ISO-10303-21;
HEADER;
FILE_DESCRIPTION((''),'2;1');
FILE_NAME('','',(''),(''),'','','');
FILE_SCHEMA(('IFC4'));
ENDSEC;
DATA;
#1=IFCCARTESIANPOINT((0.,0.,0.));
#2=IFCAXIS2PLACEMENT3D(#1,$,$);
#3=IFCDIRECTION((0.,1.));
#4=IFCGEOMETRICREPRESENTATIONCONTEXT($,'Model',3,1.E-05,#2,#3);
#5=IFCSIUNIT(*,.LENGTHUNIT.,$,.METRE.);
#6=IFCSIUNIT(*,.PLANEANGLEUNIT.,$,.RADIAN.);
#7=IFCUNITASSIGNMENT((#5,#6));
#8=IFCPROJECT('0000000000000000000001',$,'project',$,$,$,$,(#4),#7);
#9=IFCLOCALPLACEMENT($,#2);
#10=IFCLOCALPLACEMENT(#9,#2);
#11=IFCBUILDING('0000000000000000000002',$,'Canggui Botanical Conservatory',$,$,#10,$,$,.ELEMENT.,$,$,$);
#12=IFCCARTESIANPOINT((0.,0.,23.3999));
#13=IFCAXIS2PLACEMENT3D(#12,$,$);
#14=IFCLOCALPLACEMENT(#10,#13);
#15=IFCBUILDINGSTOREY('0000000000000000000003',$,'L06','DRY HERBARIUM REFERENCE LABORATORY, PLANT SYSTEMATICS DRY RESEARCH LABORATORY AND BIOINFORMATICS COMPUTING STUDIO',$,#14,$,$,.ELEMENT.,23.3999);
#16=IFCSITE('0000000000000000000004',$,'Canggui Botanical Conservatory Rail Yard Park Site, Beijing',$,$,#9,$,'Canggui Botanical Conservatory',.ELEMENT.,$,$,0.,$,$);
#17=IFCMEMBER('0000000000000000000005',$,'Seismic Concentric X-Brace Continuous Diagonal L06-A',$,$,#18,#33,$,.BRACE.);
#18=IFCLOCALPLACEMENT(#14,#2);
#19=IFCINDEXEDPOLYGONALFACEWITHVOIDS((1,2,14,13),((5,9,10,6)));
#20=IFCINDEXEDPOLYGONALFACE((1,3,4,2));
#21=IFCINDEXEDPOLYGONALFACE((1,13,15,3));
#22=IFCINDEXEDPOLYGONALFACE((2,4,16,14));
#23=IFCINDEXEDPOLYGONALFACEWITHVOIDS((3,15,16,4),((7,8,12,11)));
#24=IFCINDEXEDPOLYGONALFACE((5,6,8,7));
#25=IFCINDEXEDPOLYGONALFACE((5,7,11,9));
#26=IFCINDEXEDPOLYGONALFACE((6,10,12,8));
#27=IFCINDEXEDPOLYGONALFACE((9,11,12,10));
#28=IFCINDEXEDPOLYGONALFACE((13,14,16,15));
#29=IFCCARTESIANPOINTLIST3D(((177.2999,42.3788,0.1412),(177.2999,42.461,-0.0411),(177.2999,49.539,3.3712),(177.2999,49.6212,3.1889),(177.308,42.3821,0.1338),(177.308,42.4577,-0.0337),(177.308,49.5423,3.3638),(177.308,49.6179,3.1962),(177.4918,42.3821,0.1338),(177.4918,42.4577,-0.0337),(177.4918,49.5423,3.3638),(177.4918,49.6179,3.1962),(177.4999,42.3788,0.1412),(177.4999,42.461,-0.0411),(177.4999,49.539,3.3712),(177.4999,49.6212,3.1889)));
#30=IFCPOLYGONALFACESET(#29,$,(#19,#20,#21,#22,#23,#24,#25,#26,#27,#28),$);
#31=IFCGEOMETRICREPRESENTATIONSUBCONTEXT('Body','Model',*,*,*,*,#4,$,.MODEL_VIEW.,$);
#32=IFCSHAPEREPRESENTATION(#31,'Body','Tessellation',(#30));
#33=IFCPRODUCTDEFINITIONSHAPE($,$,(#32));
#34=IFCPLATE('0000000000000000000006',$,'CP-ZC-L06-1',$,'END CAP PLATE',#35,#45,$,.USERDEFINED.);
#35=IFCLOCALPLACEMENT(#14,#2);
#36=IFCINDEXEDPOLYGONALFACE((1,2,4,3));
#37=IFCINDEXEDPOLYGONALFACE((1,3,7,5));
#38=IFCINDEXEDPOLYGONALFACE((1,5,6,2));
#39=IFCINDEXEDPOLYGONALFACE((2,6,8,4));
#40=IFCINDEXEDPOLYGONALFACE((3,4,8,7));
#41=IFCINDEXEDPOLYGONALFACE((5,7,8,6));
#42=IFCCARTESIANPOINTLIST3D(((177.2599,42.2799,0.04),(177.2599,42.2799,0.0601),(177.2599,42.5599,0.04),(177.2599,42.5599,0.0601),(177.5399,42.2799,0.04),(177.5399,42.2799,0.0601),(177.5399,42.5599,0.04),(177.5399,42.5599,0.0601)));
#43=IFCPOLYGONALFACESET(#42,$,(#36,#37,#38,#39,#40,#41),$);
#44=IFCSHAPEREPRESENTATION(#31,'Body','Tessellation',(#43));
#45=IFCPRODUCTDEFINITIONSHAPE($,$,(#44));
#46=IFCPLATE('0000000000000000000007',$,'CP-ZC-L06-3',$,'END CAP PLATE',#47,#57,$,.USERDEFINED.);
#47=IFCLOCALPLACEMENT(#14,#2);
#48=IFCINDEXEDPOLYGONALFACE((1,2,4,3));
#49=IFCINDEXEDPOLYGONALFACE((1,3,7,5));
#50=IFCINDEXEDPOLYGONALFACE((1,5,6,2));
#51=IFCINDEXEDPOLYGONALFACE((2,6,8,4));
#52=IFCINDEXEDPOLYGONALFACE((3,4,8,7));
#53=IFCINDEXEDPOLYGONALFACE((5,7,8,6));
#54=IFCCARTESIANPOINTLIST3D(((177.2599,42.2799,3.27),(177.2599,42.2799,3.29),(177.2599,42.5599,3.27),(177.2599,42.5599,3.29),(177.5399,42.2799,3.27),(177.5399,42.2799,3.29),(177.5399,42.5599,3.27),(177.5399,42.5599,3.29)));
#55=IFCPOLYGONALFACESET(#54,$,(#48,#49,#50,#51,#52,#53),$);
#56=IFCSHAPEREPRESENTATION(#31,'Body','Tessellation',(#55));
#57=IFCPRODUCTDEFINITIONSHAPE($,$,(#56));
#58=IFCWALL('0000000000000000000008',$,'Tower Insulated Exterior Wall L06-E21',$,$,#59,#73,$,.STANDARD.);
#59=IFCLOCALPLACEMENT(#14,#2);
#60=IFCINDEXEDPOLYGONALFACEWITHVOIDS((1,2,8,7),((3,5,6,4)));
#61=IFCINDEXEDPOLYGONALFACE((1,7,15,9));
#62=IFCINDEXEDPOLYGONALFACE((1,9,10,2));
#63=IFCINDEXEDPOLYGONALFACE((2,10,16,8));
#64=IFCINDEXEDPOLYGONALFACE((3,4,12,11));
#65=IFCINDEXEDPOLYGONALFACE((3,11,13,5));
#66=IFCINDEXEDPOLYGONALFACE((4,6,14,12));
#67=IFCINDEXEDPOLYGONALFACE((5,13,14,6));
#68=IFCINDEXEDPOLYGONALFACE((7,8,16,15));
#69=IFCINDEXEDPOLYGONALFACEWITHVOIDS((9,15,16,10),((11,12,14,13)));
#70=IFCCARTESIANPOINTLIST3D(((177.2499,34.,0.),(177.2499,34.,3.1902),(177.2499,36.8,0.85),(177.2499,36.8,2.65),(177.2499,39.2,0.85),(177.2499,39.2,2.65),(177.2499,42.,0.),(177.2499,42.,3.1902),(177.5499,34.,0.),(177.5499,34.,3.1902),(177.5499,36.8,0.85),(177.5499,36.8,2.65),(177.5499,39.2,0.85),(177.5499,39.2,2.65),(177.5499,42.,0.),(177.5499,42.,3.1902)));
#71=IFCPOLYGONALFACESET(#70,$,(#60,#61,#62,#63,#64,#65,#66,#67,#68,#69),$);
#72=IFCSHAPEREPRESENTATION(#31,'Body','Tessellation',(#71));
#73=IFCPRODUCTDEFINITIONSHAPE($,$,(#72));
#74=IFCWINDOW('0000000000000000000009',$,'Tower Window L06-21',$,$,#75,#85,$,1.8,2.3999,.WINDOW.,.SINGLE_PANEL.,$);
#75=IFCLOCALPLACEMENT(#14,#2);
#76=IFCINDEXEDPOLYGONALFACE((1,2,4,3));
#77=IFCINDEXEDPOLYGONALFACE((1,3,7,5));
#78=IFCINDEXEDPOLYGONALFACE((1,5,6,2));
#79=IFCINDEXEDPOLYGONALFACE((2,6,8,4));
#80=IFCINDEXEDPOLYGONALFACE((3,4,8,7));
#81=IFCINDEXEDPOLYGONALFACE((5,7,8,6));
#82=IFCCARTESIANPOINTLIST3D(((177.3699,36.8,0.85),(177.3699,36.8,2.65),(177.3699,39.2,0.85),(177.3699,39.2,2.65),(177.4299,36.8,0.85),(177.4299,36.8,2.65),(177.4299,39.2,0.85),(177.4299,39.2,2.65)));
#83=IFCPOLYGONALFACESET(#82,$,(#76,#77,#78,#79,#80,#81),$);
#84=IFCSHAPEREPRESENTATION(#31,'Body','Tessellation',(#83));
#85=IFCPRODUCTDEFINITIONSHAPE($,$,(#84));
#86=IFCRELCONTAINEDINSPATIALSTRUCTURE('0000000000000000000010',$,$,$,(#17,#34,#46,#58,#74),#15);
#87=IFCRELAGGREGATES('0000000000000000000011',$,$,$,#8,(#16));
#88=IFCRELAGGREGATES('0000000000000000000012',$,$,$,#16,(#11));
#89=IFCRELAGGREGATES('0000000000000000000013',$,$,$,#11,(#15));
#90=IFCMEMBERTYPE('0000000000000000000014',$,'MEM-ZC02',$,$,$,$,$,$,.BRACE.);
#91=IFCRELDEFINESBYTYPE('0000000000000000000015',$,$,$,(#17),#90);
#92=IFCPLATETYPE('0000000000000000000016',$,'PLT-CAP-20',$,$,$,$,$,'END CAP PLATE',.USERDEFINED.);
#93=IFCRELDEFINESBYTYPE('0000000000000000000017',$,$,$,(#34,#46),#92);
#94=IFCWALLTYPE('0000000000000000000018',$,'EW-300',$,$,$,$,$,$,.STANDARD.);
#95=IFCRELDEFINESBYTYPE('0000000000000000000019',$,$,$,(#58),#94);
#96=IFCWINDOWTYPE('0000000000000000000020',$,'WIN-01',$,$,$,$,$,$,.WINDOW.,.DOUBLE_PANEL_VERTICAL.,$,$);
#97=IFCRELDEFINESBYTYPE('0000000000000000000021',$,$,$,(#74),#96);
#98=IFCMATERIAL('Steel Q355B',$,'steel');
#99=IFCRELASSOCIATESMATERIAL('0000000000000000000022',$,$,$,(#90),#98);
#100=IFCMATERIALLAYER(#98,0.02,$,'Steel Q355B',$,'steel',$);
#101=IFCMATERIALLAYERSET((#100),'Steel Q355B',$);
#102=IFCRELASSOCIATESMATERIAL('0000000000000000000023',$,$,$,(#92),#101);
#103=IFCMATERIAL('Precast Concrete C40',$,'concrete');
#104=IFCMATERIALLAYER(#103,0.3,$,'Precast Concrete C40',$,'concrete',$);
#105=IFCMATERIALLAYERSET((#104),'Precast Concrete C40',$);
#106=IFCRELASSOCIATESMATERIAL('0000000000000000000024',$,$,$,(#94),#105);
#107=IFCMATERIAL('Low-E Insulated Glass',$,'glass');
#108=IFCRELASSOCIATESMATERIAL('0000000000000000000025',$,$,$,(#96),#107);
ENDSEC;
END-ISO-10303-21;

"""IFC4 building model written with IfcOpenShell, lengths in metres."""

from ifc_helpers import new_model, si_unit, direction, frame, frame_2d, origin, origin_2d, place, context, subcontext, project, spatial, rectangle, hollow_rectangle, extrude, material, layer, layer_set, material_profile, profile_set, type_object, element, fill, save


model = new_model("IFC4")

# Units and contexts
model_context = context("Model", 3, precision=1e-05, world=origin(), true_north=direction((0.0, 1.0)))
body_context = subcontext(model_context, "Body", "Model", "MODEL_VIEW")
ifc_project = project(units=[si_unit("LENGTHUNIT", "METRE"), si_unit("PLANEANGLEUNIT", "RADIAN")], contexts=[model_context])

# Site, building, storey
site_placement = place(None, origin())
site = spatial("IfcSite", under=ifc_project, at=site_placement, Name="Canggui Botanical Conservatory Rail Yard Park Site, Beijing", LongName="Canggui Botanical Conservatory", CompositionType="ELEMENT", RefElevation=0.0)
building_placement = place(site_placement, origin())
building = spatial("IfcBuilding", under=site, at=building_placement, Name="Canggui Botanical Conservatory", CompositionType="ELEMENT")
storey_placement = place(building_placement, frame((0.0, 0.0, 23.3999)))
storey = spatial("IfcBuildingStorey", under=building, at=storey_placement, Name="L06", Description="DRY HERBARIUM REFERENCE LABORATORY, PLANT SYSTEMATICS DRY RESEARCH LABORATORY AND BIOINFORMATICS COMPUTING STUDIO", CompositionType="ELEMENT", Elevation=23.3999)

# Member
ifc_material_1 = material(Name="Steel Q355B", Category="steel")
ifc_material_profile_1 = material_profile(ifc_material_1, hollow_rectangle(XDim=0.2, YDim=0.2, WallThickness=0.0081, at=origin_2d()), Name="SHS 200x200x8")
ifc_profile_set_1 = profile_set([ifc_material_profile_1], Name="Steel Q355B")
member_type_1 = type_object("IfcMemberType", Name="MEM-ZC02", PredefinedType="BRACE", material=ifc_profile_set_1)
member_1_placement = place(storey_placement, frame((177.3999, 42.4199, 0.05), z_axis=(0.0, 0.911544, 0.411202), x_axis=(-1.0, 0.0, 0.0)))
element("IfcMember", 1, at=member_1_placement, inside=storey, type_object=member_type_1, Name="Seismic Concentric X-Brace Continuous Diagonal L06-A", PredefinedType="BRACE", context=body_context, shape_type="SweptSolid", body=[
    extrude(hollow_rectangle(XDim=0.2, YDim=0.2, WallThickness=0.0081, at=origin_2d()), origin(), (0.0, 0.0, 1.0), 7.855),
])

# Plates
ifc_layer_1 = layer(ifc_material_1, 0.02, Name="Steel Q355B", Category="steel")
ifc_layer_set_1 = layer_set([ifc_layer_1], Name="Steel Q355B")
plate_type = type_object("IfcPlateType", Name="PLT-CAP-20", ElementType="END CAP PLATE", PredefinedType="USERDEFINED", material=ifc_layer_set_1)
for number, where, z_axis, x_axis, name in (
    (2, (177.3999, 42.4199, 0.04), (0.0, 0.0, 1.0), (1.0, 0.0, 0.0), "CP-ZC-L06-1"),
    (3, (177.3999, 42.4199, 3.27), (0.0, 0.0, 1.0), (1.0, 0.0, 0.0), "CP-ZC-L06-3"),
):
    element("IfcPlate", number, at=place(storey_placement, frame(where, z_axis=z_axis, x_axis=x_axis)), inside=storey, type_object=plate_type, Name=name, ObjectType="END CAP PLATE", PredefinedType="USERDEFINED", context=body_context, shape_type="SweptSolid", body=[
        extrude(rectangle(XDim=0.28, YDim=0.28, at=origin_2d()), origin(), (0.0, 0.0, 1.0), 0.02),
    ])

# Wall, opening, window
ifc_material_2 = material(Name="Precast Concrete C40", Category="concrete")
ifc_layer_2 = layer(ifc_material_2, 0.3, Name="Precast Concrete C40", Category="concrete")
ifc_layer_set_2 = layer_set([ifc_layer_2], Name="Precast Concrete C40")
wall_type = type_object("IfcWallType", Name="EW-300", PredefinedType="STANDARD", material=ifc_layer_set_2)
wall_placement = place(storey_placement, frame((177.3999, 42.0, 0.0), z_axis=(0.0, 0.0, 1.0), x_axis=(0.0, -1.0, 0.0)))
wall = element("IfcWall", 4, at=wall_placement, inside=storey, type_object=wall_type, Name="Tower Insulated Exterior Wall L06-E21", PredefinedType="STANDARD", context=body_context, shape_type="SweptSolid", body=[
    extrude(rectangle(XDim=8.0, YDim=0.3, at=frame_2d((4.0, 0.0))), origin(), (0.0, 0.0, 1.0), 3.1902),
])
opening_placement = place(wall_placement, frame((2.8, 0.0, 0.8501)))
opening = element("IfcOpeningElement", 5, at=opening_placement, cuts=wall, PredefinedType="OPENING", context=body_context, shape_type="SweptSolid", body=[
    extrude(rectangle(XDim=2.3999, YDim=1.8, at=frame_2d((1.2, 0.8999))), frame((0.0, 0.1602, 0.0), z_axis=(0.0, -1.0, 0.0), x_axis=(1.0, 0.0, 0.0)), (0.0, 0.0, 1.0), 0.3201),
])
ifc_material_3 = material(Name="Low-E Insulated Glass", Category="glass")
window_type = type_object("IfcWindowType", Name="WIN-01", PartitioningType="DOUBLE_PANEL_VERTICAL", PredefinedType="WINDOW", material=ifc_material_3)
window_placement = place(opening_placement, origin())
window = element("IfcWindow", 6, at=window_placement, inside=storey, type_object=window_type, Name="Tower Window L06-21", OverallHeight=1.8, OverallWidth=2.3999, PartitioningType="SINGLE_PANEL", PredefinedType="WINDOW", context=body_context, shape_type="SweptSolid", body=[
    extrude(rectangle(XDim=2.3999, YDim=1.8, at=frame_2d((1.2, 0.8999))), frame((0.0, 0.03, 0.0), z_axis=(0.0, -1.0, 0.0), x_axis=(1.0, 0.0, 0.0)), (0.0, 0.0, 1.0), 0.0601),
])
fill(opening, window)

save(model, "model.ifc")
